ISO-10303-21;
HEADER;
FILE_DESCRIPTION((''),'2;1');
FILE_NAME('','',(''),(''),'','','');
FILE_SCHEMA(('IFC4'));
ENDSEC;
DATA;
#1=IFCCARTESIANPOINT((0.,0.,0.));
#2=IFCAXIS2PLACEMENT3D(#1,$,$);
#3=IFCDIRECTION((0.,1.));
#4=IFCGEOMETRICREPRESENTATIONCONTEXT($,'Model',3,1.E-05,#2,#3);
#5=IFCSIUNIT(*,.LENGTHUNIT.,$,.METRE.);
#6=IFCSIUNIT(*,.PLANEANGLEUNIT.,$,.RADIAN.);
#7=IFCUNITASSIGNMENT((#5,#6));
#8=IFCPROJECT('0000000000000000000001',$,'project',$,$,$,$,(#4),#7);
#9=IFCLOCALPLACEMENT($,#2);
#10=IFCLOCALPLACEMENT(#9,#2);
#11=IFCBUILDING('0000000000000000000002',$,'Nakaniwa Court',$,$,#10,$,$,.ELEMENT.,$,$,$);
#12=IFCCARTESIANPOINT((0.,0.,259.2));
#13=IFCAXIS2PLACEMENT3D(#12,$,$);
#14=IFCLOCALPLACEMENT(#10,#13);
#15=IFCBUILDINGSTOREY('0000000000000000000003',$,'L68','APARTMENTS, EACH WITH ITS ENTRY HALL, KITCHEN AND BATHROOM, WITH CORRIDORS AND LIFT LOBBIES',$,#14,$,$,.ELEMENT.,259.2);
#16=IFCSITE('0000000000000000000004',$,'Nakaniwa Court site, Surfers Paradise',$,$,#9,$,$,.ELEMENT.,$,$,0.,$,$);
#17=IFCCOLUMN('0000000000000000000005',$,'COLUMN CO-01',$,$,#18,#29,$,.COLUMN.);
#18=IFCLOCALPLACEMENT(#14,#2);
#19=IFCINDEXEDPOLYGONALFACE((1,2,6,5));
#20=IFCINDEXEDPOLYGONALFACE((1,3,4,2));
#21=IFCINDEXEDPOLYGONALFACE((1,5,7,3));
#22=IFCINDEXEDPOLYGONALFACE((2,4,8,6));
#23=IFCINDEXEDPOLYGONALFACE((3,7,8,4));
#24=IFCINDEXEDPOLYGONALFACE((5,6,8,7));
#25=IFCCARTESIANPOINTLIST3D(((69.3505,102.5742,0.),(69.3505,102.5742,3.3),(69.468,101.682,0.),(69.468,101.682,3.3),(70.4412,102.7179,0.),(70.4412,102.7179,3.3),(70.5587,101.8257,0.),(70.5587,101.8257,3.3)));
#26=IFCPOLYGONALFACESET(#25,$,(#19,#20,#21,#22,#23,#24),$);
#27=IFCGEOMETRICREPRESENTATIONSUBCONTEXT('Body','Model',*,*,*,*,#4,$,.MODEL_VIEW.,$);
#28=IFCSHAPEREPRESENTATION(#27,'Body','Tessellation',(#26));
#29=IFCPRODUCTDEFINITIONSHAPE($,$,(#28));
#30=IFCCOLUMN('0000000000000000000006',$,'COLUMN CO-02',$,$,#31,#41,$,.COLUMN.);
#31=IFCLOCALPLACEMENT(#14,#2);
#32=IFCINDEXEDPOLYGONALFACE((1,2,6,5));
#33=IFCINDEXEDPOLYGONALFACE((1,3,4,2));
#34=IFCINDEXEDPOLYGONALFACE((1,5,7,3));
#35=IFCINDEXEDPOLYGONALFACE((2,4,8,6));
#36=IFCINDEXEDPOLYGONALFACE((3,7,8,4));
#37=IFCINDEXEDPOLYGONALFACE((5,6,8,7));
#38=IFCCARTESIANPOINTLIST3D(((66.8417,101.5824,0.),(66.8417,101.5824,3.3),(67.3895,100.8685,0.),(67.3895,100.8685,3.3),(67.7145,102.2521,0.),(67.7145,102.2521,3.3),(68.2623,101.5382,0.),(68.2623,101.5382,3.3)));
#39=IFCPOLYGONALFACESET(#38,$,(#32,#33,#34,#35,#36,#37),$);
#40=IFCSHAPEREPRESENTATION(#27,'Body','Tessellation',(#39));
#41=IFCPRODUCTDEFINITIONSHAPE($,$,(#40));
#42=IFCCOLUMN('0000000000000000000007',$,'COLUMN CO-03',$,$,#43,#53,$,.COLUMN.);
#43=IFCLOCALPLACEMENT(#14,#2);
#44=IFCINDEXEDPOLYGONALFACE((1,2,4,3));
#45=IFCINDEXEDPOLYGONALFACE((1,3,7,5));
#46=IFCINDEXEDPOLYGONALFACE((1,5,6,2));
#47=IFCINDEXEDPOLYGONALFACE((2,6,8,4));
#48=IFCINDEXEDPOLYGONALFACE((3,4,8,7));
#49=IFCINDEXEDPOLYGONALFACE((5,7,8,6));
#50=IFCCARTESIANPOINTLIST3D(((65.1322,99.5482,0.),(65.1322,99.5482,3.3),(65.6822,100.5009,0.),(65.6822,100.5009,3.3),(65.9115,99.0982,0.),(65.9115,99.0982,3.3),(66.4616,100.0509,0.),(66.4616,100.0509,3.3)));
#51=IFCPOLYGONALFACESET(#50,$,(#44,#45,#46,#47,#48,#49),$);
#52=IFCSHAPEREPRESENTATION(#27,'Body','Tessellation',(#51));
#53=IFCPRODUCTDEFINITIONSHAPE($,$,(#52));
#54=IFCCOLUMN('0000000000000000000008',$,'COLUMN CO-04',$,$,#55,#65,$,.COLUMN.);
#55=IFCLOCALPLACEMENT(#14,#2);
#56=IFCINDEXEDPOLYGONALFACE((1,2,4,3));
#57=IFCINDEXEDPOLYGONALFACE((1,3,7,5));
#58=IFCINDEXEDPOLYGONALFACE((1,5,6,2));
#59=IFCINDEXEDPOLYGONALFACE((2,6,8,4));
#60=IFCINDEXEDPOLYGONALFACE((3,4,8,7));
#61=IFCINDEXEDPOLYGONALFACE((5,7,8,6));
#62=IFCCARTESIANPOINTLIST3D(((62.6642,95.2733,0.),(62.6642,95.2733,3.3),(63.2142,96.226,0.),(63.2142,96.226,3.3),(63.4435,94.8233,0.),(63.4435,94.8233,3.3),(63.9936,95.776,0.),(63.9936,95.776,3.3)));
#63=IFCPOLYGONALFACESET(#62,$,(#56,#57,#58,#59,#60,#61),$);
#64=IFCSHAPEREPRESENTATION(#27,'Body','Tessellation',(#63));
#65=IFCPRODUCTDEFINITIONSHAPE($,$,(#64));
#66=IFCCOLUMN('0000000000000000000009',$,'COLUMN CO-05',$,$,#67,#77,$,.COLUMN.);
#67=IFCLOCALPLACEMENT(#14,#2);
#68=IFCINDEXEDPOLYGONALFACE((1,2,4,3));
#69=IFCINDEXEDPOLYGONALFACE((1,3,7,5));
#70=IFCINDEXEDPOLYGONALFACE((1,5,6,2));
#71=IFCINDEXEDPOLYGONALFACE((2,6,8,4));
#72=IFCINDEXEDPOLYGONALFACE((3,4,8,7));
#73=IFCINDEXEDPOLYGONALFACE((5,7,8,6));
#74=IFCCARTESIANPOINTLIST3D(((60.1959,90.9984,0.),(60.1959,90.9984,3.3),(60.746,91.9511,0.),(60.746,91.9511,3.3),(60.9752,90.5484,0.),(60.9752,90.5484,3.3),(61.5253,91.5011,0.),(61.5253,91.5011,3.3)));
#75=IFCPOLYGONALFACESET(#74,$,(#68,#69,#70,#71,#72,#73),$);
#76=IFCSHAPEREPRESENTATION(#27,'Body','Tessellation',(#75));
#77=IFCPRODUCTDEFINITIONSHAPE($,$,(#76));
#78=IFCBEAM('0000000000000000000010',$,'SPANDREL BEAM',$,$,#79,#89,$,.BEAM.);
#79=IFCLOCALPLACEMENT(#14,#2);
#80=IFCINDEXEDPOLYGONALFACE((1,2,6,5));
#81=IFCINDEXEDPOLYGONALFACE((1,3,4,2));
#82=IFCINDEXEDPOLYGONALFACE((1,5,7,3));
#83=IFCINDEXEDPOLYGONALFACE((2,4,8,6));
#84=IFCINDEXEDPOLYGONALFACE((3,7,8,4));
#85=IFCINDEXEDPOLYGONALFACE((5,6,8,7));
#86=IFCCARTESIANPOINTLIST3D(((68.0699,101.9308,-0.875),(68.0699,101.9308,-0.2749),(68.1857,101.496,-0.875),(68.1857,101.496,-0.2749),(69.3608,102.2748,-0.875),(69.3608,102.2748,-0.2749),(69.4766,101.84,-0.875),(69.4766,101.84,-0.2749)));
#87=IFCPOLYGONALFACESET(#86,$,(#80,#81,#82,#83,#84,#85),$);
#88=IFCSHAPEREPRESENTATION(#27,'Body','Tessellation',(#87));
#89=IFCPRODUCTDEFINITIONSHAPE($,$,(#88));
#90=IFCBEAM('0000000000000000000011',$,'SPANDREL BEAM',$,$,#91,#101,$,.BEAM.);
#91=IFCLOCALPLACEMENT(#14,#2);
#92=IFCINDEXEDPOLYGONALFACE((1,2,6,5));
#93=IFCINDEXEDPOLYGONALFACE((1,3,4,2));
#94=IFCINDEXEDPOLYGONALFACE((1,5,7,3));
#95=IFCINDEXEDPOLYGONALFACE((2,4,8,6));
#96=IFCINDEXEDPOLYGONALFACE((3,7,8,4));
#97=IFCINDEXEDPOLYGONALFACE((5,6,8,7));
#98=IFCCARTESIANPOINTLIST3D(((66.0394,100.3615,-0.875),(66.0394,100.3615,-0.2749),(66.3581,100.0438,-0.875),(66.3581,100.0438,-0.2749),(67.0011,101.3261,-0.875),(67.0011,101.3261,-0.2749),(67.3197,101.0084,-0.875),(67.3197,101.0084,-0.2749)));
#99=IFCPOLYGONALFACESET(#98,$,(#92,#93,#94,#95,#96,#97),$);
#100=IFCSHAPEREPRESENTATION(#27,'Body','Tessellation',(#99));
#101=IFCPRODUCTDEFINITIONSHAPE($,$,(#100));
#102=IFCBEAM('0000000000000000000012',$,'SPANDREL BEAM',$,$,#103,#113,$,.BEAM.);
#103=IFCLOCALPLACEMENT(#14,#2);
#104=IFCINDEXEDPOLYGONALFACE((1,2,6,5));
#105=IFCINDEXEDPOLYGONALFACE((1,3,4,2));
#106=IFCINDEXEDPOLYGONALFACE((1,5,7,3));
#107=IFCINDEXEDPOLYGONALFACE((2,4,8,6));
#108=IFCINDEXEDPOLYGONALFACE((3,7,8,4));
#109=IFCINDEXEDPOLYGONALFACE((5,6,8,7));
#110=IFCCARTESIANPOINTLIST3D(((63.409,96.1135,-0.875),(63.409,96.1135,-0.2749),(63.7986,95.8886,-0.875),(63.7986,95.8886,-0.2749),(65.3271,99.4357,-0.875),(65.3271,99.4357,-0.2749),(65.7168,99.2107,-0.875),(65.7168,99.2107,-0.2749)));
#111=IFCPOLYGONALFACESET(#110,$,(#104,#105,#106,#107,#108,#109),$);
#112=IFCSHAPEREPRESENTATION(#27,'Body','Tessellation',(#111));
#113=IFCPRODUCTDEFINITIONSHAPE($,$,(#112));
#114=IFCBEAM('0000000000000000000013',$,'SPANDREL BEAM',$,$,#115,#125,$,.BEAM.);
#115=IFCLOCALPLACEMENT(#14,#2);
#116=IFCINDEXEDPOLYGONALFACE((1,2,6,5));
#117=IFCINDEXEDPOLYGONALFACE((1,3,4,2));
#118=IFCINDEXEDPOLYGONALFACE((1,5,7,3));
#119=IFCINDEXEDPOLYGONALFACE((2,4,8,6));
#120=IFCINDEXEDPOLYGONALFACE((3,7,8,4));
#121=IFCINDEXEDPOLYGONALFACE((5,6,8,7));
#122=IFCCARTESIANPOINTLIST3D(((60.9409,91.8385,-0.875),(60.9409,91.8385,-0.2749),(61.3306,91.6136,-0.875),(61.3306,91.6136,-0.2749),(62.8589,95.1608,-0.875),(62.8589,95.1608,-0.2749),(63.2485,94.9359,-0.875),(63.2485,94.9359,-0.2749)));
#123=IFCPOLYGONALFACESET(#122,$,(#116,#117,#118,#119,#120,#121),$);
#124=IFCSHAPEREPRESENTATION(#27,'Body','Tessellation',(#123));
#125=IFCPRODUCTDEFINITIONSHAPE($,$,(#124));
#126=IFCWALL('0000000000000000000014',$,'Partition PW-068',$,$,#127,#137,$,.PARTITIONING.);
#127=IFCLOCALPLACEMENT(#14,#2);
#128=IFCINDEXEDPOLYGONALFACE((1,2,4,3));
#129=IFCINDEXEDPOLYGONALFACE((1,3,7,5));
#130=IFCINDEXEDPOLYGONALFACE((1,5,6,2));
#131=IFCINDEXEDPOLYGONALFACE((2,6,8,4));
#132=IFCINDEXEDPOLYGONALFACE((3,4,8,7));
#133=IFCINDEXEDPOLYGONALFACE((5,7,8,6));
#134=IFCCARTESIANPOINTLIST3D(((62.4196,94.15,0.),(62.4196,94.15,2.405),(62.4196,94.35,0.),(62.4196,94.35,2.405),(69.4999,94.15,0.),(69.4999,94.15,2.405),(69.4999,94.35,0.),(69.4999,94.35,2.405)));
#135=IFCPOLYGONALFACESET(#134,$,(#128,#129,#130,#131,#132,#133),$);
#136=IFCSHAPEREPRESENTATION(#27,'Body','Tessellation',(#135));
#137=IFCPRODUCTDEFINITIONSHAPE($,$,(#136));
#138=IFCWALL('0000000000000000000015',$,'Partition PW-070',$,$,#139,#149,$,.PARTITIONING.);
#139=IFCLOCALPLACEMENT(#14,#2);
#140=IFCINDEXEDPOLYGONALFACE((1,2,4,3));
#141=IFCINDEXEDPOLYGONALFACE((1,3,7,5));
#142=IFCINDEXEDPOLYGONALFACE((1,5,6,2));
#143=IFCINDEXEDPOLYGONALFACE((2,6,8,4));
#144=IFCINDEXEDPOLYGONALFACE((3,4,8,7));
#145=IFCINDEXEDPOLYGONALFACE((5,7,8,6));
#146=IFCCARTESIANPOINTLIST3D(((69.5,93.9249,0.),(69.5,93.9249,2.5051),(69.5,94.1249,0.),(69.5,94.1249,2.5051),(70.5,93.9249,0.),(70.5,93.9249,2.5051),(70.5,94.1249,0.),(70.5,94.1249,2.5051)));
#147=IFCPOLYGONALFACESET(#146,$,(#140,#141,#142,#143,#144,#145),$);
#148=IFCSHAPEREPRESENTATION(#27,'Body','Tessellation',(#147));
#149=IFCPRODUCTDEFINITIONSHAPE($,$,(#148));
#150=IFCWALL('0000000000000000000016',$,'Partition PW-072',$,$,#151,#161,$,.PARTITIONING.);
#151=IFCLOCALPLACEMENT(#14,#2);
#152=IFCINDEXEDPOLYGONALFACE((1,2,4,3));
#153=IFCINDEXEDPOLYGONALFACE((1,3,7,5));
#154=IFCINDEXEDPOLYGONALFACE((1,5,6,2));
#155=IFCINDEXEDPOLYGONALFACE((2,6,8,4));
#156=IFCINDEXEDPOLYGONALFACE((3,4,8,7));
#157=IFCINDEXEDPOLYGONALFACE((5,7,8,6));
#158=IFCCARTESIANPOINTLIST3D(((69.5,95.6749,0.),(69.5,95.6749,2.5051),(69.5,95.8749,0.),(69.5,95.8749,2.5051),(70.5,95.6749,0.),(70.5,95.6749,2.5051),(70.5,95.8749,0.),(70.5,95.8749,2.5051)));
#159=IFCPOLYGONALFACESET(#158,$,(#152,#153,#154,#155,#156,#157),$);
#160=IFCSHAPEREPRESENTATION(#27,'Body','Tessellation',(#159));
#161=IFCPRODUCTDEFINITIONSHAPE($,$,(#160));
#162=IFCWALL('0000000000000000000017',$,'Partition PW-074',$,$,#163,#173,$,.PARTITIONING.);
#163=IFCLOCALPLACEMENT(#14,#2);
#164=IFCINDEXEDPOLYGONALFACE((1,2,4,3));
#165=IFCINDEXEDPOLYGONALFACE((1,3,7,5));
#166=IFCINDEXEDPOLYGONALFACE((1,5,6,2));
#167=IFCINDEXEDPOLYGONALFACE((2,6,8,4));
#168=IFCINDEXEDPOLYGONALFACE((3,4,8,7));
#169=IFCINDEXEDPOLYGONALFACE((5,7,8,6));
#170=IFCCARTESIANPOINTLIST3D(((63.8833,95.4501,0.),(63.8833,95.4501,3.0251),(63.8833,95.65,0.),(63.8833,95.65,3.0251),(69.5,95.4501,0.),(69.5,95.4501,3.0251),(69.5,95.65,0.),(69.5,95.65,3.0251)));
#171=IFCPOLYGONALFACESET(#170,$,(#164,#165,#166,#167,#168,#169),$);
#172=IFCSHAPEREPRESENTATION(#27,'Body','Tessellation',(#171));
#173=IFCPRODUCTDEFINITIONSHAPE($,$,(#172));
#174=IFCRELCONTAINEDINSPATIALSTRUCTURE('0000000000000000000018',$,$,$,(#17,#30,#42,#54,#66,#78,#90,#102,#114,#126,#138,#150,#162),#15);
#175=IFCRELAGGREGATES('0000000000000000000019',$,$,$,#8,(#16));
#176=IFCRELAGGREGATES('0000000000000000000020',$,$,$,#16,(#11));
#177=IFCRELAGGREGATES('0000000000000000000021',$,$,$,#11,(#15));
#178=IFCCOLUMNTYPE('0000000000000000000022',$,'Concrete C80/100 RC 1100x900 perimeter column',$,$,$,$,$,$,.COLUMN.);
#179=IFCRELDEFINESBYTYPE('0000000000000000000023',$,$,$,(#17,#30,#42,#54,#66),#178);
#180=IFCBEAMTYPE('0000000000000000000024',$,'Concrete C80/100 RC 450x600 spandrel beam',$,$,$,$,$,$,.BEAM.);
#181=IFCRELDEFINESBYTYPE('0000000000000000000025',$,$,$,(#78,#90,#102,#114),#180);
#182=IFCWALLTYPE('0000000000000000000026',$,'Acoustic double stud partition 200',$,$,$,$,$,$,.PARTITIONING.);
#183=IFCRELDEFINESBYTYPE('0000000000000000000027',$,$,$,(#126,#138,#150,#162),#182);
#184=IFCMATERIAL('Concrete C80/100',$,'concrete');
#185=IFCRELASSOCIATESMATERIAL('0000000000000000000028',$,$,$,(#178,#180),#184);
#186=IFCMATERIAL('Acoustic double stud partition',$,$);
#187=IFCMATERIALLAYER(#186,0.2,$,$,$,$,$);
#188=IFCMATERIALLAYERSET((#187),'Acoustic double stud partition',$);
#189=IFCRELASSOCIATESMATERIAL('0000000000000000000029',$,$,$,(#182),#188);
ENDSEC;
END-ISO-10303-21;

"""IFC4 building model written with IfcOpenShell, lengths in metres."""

from ifc_helpers import new_model, si_unit, direction, frame, frame_2d, origin, origin_2d, place, context, subcontext, project, spatial, rectangle, extrude, material, layer, layer_set, material_profile, profile_set, type_object, element, save


model = new_model("IFC4")

# Units and contexts
model_context = context("Model", 3, precision=1e-05, world=origin(), true_north=direction((0.0, 1.0)))
body_context = subcontext(model_context, "Body", "Model", "MODEL_VIEW")
ifc_project = project(units=[si_unit("LENGTHUNIT", "METRE"), si_unit("PLANEANGLEUNIT", "RADIAN")], contexts=[model_context])

# Site, building, storey
site_placement = place(None, origin())
site = spatial("IfcSite", under=ifc_project, at=site_placement, Name="Nakaniwa Court site, Surfers Paradise", CompositionType="ELEMENT", RefElevation=0.0)
building_placement = place(site_placement, origin())
building = spatial("IfcBuilding", under=site, at=building_placement, Name="Nakaniwa Court", CompositionType="ELEMENT")
storey_placement = place(building_placement, frame((0.0, 0.0, 259.2)))
storey = spatial("IfcBuildingStorey", under=building, at=storey_placement, Name="L68", Description="APARTMENTS, EACH WITH ITS ENTRY HALL, KITCHEN AND BATHROOM, WITH CORRIDORS AND LIFT LOBBIES", CompositionType="ELEMENT", Elevation=259.2)

# Columns
ifc_material_1 = material(Name="Concrete C80/100", Category="concrete")
ifc_material_profile_1 = material_profile(ifc_material_1, rectangle(XDim=1.1001, YDim=0.8999, at=origin_2d()), Name="Concrete C80/100 RC 1100x900 perimeter column")
ifc_profile_set_1 = profile_set([ifc_material_profile_1], Name="Concrete C80/100")
column_type = type_object("IfcColumnType", Name="Concrete C80/100 RC 1100x900 perimeter column", PredefinedType="COLUMN", material=ifc_profile_set_1)
for number, where, z_axis, x_axis, name in (
    (1, (69.9546, 102.2, 0.0), (0.0, 0.0, 1.0), (-0.991443, -0.130543, 0.0), "COLUMN CO-01"),
    (2, (67.552, 101.5603, 0.0), (0.0, 0.0, 1.0), (-0.793364, -0.608748, 0.0), "COLUMN CO-02"),
    (3, (65.7969, 99.7996, 0.0), (0.0, 0.0, 1.0), (-0.5, -0.866025, 0.0), "COLUMN CO-03"),
    (4, (63.3289, 95.5247, 0.0), (0.0, 0.0, 1.0), (-0.5, -0.866025, 0.0), "COLUMN CO-04"),
    (5, (60.8606, 91.2498, 0.0), (0.0, 0.0, 1.0), (-0.5, -0.866025, 0.0), "COLUMN CO-05"),
):
    element("IfcColumn", number, at=place(storey_placement, frame(where, z_axis=z_axis, x_axis=x_axis)), inside=storey, type_object=column_type, Name=name, PredefinedType="COLUMN", context=body_context, shape_type="SweptSolid", body=[
        extrude(rectangle(XDim=1.1001, YDim=0.8999, at=origin_2d()), origin(), (0.0, 0.0, 1.0), 3.3),
    ])

# Beams
ifc_material_profile_2 = material_profile(ifc_material_1, rectangle(XDim=0.45, YDim=0.6001, at=origin_2d()), Name="Concrete C80/100 RC 450x600 spandrel beam")
ifc_profile_set_2 = profile_set([ifc_material_profile_2], Name="Concrete C80/100")
beam_type = type_object("IfcBeamType", Name="Concrete C80/100 RC 450x600 spandrel beam", PredefinedType="BEAM", material=ifc_profile_set_2)
beam_1_placement = place(storey_placement, frame((69.4187, 102.0574, -0.575), z_axis=(-0.966286, -0.257469, 0.0), x_axis=(0.257469, -0.966286, 0.0)))
element("IfcBeam", 6, at=beam_1_placement, inside=storey, type_object=beam_type, Name="SPANDREL BEAM", PredefinedType="BEAM", context=body_context, shape_type="SweptSolid", body=[
    extrude(rectangle(XDim=0.45, YDim=0.6001, at=origin_2d()), origin(), (0.0, 0.0, 1.0), 1.3359),
])
beam_2_placement = place(storey_placement, frame((67.1604, 101.1672, -0.575), z_axis=(-0.706031, -0.708181, 0.0), x_axis=(0.708181, -0.706031, 0.0)))
element("IfcBeam", 7, at=beam_2_placement, inside=storey, type_object=beam_type, Name="SPANDREL BEAM", PredefinedType="BEAM", context=body_context, shape_type="SweptSolid", body=[
    extrude(rectangle(XDim=0.45, YDim=0.6001, at=origin_2d()), origin(), (0.0, 0.0, 1.0), 1.3621),
])
for number, where, z_axis, x_axis, name in (
    (8, (65.522, 99.3232, -0.575), (-0.50002, -0.866014, 0.0), (0.866014, -0.50002, 0.0), "SPANDREL BEAM"),
    (9, (63.0537, 95.0483, -0.575), (-0.499972, -0.866041, 0.0), (0.866041, -0.499972, 0.0), "SPANDREL BEAM"),
):
    element("IfcBeam", number, at=place(storey_placement, frame(where, z_axis=z_axis, x_axis=x_axis)), inside=storey, type_object=beam_type, Name=name, PredefinedType="BEAM", context=body_context, shape_type="SweptSolid", body=[
        extrude(rectangle(XDim=0.45, YDim=0.6001, at=origin_2d()), origin(), (0.0, 0.0, 1.0), 3.8362),
    ])

# Walls
ifc_material_2 = material(Name="Acoustic double stud partition")
ifc_layer_1 = layer(ifc_material_2, 0.2)
ifc_layer_set_1 = layer_set([ifc_layer_1], Name="Acoustic double stud partition")
wall_type_1 = type_object("IfcWallType", Name="Acoustic double stud partition 200", PredefinedType="PARTITIONING", material=ifc_layer_set_1)
wall_1_placement = place(storey_placement, frame((62.4197, 94.25, 0.0), z_axis=(0.0, 0.0, 1.0), x_axis=(1.0, 0.0, 0.0)))
element("IfcWall", 10, at=wall_1_placement, inside=storey, type_object=wall_type_1, Name="Partition PW-068", PredefinedType="PARTITIONING", context=body_context, shape_type="SweptSolid", body=[
    extrude(rectangle(XDim=7.0803, YDim=0.2, at=frame_2d((3.54, 0.0))), origin(), (0.0, 0.0, 1.0), 2.405),
])
for number, where, z_axis, x_axis, name in (
    (11, (69.5, 94.0249, 0.0), (0.0, 0.0, 1.0), (1.0, 0.0, 0.0), "Partition PW-070"),
    (12, (69.5, 95.7749, 0.0), (0.0, 0.0, 1.0), (1.0, 0.0, 0.0), "Partition PW-072"),
):
    element("IfcWall", number, at=place(storey_placement, frame(where, z_axis=z_axis, x_axis=x_axis)), inside=storey, type_object=wall_type_1, Name=name, PredefinedType="PARTITIONING", context=body_context, shape_type="SweptSolid", body=[
        extrude(rectangle(XDim=1.0, YDim=0.2, at=frame_2d((0.5, 0.0))), origin(), (0.0, 0.0, 1.0), 2.5051),
    ])
wall_2_placement = place(storey_placement, frame((63.8833, 95.55, 0.0), z_axis=(0.0, 0.0, 1.0), x_axis=(1.0, 0.0, 0.0)))
element("IfcWall", 13, at=wall_2_placement, inside=storey, type_object=wall_type_1, Name="Partition PW-074", PredefinedType="PARTITIONING", context=body_context, shape_type="SweptSolid", body=[
    extrude(rectangle(XDim=5.6167, YDim=0.2, at=frame_2d((2.8083, 0.0))), origin(), (0.0, 0.0, 1.0), 3.0251),
])

save(model, "model.ifc")
